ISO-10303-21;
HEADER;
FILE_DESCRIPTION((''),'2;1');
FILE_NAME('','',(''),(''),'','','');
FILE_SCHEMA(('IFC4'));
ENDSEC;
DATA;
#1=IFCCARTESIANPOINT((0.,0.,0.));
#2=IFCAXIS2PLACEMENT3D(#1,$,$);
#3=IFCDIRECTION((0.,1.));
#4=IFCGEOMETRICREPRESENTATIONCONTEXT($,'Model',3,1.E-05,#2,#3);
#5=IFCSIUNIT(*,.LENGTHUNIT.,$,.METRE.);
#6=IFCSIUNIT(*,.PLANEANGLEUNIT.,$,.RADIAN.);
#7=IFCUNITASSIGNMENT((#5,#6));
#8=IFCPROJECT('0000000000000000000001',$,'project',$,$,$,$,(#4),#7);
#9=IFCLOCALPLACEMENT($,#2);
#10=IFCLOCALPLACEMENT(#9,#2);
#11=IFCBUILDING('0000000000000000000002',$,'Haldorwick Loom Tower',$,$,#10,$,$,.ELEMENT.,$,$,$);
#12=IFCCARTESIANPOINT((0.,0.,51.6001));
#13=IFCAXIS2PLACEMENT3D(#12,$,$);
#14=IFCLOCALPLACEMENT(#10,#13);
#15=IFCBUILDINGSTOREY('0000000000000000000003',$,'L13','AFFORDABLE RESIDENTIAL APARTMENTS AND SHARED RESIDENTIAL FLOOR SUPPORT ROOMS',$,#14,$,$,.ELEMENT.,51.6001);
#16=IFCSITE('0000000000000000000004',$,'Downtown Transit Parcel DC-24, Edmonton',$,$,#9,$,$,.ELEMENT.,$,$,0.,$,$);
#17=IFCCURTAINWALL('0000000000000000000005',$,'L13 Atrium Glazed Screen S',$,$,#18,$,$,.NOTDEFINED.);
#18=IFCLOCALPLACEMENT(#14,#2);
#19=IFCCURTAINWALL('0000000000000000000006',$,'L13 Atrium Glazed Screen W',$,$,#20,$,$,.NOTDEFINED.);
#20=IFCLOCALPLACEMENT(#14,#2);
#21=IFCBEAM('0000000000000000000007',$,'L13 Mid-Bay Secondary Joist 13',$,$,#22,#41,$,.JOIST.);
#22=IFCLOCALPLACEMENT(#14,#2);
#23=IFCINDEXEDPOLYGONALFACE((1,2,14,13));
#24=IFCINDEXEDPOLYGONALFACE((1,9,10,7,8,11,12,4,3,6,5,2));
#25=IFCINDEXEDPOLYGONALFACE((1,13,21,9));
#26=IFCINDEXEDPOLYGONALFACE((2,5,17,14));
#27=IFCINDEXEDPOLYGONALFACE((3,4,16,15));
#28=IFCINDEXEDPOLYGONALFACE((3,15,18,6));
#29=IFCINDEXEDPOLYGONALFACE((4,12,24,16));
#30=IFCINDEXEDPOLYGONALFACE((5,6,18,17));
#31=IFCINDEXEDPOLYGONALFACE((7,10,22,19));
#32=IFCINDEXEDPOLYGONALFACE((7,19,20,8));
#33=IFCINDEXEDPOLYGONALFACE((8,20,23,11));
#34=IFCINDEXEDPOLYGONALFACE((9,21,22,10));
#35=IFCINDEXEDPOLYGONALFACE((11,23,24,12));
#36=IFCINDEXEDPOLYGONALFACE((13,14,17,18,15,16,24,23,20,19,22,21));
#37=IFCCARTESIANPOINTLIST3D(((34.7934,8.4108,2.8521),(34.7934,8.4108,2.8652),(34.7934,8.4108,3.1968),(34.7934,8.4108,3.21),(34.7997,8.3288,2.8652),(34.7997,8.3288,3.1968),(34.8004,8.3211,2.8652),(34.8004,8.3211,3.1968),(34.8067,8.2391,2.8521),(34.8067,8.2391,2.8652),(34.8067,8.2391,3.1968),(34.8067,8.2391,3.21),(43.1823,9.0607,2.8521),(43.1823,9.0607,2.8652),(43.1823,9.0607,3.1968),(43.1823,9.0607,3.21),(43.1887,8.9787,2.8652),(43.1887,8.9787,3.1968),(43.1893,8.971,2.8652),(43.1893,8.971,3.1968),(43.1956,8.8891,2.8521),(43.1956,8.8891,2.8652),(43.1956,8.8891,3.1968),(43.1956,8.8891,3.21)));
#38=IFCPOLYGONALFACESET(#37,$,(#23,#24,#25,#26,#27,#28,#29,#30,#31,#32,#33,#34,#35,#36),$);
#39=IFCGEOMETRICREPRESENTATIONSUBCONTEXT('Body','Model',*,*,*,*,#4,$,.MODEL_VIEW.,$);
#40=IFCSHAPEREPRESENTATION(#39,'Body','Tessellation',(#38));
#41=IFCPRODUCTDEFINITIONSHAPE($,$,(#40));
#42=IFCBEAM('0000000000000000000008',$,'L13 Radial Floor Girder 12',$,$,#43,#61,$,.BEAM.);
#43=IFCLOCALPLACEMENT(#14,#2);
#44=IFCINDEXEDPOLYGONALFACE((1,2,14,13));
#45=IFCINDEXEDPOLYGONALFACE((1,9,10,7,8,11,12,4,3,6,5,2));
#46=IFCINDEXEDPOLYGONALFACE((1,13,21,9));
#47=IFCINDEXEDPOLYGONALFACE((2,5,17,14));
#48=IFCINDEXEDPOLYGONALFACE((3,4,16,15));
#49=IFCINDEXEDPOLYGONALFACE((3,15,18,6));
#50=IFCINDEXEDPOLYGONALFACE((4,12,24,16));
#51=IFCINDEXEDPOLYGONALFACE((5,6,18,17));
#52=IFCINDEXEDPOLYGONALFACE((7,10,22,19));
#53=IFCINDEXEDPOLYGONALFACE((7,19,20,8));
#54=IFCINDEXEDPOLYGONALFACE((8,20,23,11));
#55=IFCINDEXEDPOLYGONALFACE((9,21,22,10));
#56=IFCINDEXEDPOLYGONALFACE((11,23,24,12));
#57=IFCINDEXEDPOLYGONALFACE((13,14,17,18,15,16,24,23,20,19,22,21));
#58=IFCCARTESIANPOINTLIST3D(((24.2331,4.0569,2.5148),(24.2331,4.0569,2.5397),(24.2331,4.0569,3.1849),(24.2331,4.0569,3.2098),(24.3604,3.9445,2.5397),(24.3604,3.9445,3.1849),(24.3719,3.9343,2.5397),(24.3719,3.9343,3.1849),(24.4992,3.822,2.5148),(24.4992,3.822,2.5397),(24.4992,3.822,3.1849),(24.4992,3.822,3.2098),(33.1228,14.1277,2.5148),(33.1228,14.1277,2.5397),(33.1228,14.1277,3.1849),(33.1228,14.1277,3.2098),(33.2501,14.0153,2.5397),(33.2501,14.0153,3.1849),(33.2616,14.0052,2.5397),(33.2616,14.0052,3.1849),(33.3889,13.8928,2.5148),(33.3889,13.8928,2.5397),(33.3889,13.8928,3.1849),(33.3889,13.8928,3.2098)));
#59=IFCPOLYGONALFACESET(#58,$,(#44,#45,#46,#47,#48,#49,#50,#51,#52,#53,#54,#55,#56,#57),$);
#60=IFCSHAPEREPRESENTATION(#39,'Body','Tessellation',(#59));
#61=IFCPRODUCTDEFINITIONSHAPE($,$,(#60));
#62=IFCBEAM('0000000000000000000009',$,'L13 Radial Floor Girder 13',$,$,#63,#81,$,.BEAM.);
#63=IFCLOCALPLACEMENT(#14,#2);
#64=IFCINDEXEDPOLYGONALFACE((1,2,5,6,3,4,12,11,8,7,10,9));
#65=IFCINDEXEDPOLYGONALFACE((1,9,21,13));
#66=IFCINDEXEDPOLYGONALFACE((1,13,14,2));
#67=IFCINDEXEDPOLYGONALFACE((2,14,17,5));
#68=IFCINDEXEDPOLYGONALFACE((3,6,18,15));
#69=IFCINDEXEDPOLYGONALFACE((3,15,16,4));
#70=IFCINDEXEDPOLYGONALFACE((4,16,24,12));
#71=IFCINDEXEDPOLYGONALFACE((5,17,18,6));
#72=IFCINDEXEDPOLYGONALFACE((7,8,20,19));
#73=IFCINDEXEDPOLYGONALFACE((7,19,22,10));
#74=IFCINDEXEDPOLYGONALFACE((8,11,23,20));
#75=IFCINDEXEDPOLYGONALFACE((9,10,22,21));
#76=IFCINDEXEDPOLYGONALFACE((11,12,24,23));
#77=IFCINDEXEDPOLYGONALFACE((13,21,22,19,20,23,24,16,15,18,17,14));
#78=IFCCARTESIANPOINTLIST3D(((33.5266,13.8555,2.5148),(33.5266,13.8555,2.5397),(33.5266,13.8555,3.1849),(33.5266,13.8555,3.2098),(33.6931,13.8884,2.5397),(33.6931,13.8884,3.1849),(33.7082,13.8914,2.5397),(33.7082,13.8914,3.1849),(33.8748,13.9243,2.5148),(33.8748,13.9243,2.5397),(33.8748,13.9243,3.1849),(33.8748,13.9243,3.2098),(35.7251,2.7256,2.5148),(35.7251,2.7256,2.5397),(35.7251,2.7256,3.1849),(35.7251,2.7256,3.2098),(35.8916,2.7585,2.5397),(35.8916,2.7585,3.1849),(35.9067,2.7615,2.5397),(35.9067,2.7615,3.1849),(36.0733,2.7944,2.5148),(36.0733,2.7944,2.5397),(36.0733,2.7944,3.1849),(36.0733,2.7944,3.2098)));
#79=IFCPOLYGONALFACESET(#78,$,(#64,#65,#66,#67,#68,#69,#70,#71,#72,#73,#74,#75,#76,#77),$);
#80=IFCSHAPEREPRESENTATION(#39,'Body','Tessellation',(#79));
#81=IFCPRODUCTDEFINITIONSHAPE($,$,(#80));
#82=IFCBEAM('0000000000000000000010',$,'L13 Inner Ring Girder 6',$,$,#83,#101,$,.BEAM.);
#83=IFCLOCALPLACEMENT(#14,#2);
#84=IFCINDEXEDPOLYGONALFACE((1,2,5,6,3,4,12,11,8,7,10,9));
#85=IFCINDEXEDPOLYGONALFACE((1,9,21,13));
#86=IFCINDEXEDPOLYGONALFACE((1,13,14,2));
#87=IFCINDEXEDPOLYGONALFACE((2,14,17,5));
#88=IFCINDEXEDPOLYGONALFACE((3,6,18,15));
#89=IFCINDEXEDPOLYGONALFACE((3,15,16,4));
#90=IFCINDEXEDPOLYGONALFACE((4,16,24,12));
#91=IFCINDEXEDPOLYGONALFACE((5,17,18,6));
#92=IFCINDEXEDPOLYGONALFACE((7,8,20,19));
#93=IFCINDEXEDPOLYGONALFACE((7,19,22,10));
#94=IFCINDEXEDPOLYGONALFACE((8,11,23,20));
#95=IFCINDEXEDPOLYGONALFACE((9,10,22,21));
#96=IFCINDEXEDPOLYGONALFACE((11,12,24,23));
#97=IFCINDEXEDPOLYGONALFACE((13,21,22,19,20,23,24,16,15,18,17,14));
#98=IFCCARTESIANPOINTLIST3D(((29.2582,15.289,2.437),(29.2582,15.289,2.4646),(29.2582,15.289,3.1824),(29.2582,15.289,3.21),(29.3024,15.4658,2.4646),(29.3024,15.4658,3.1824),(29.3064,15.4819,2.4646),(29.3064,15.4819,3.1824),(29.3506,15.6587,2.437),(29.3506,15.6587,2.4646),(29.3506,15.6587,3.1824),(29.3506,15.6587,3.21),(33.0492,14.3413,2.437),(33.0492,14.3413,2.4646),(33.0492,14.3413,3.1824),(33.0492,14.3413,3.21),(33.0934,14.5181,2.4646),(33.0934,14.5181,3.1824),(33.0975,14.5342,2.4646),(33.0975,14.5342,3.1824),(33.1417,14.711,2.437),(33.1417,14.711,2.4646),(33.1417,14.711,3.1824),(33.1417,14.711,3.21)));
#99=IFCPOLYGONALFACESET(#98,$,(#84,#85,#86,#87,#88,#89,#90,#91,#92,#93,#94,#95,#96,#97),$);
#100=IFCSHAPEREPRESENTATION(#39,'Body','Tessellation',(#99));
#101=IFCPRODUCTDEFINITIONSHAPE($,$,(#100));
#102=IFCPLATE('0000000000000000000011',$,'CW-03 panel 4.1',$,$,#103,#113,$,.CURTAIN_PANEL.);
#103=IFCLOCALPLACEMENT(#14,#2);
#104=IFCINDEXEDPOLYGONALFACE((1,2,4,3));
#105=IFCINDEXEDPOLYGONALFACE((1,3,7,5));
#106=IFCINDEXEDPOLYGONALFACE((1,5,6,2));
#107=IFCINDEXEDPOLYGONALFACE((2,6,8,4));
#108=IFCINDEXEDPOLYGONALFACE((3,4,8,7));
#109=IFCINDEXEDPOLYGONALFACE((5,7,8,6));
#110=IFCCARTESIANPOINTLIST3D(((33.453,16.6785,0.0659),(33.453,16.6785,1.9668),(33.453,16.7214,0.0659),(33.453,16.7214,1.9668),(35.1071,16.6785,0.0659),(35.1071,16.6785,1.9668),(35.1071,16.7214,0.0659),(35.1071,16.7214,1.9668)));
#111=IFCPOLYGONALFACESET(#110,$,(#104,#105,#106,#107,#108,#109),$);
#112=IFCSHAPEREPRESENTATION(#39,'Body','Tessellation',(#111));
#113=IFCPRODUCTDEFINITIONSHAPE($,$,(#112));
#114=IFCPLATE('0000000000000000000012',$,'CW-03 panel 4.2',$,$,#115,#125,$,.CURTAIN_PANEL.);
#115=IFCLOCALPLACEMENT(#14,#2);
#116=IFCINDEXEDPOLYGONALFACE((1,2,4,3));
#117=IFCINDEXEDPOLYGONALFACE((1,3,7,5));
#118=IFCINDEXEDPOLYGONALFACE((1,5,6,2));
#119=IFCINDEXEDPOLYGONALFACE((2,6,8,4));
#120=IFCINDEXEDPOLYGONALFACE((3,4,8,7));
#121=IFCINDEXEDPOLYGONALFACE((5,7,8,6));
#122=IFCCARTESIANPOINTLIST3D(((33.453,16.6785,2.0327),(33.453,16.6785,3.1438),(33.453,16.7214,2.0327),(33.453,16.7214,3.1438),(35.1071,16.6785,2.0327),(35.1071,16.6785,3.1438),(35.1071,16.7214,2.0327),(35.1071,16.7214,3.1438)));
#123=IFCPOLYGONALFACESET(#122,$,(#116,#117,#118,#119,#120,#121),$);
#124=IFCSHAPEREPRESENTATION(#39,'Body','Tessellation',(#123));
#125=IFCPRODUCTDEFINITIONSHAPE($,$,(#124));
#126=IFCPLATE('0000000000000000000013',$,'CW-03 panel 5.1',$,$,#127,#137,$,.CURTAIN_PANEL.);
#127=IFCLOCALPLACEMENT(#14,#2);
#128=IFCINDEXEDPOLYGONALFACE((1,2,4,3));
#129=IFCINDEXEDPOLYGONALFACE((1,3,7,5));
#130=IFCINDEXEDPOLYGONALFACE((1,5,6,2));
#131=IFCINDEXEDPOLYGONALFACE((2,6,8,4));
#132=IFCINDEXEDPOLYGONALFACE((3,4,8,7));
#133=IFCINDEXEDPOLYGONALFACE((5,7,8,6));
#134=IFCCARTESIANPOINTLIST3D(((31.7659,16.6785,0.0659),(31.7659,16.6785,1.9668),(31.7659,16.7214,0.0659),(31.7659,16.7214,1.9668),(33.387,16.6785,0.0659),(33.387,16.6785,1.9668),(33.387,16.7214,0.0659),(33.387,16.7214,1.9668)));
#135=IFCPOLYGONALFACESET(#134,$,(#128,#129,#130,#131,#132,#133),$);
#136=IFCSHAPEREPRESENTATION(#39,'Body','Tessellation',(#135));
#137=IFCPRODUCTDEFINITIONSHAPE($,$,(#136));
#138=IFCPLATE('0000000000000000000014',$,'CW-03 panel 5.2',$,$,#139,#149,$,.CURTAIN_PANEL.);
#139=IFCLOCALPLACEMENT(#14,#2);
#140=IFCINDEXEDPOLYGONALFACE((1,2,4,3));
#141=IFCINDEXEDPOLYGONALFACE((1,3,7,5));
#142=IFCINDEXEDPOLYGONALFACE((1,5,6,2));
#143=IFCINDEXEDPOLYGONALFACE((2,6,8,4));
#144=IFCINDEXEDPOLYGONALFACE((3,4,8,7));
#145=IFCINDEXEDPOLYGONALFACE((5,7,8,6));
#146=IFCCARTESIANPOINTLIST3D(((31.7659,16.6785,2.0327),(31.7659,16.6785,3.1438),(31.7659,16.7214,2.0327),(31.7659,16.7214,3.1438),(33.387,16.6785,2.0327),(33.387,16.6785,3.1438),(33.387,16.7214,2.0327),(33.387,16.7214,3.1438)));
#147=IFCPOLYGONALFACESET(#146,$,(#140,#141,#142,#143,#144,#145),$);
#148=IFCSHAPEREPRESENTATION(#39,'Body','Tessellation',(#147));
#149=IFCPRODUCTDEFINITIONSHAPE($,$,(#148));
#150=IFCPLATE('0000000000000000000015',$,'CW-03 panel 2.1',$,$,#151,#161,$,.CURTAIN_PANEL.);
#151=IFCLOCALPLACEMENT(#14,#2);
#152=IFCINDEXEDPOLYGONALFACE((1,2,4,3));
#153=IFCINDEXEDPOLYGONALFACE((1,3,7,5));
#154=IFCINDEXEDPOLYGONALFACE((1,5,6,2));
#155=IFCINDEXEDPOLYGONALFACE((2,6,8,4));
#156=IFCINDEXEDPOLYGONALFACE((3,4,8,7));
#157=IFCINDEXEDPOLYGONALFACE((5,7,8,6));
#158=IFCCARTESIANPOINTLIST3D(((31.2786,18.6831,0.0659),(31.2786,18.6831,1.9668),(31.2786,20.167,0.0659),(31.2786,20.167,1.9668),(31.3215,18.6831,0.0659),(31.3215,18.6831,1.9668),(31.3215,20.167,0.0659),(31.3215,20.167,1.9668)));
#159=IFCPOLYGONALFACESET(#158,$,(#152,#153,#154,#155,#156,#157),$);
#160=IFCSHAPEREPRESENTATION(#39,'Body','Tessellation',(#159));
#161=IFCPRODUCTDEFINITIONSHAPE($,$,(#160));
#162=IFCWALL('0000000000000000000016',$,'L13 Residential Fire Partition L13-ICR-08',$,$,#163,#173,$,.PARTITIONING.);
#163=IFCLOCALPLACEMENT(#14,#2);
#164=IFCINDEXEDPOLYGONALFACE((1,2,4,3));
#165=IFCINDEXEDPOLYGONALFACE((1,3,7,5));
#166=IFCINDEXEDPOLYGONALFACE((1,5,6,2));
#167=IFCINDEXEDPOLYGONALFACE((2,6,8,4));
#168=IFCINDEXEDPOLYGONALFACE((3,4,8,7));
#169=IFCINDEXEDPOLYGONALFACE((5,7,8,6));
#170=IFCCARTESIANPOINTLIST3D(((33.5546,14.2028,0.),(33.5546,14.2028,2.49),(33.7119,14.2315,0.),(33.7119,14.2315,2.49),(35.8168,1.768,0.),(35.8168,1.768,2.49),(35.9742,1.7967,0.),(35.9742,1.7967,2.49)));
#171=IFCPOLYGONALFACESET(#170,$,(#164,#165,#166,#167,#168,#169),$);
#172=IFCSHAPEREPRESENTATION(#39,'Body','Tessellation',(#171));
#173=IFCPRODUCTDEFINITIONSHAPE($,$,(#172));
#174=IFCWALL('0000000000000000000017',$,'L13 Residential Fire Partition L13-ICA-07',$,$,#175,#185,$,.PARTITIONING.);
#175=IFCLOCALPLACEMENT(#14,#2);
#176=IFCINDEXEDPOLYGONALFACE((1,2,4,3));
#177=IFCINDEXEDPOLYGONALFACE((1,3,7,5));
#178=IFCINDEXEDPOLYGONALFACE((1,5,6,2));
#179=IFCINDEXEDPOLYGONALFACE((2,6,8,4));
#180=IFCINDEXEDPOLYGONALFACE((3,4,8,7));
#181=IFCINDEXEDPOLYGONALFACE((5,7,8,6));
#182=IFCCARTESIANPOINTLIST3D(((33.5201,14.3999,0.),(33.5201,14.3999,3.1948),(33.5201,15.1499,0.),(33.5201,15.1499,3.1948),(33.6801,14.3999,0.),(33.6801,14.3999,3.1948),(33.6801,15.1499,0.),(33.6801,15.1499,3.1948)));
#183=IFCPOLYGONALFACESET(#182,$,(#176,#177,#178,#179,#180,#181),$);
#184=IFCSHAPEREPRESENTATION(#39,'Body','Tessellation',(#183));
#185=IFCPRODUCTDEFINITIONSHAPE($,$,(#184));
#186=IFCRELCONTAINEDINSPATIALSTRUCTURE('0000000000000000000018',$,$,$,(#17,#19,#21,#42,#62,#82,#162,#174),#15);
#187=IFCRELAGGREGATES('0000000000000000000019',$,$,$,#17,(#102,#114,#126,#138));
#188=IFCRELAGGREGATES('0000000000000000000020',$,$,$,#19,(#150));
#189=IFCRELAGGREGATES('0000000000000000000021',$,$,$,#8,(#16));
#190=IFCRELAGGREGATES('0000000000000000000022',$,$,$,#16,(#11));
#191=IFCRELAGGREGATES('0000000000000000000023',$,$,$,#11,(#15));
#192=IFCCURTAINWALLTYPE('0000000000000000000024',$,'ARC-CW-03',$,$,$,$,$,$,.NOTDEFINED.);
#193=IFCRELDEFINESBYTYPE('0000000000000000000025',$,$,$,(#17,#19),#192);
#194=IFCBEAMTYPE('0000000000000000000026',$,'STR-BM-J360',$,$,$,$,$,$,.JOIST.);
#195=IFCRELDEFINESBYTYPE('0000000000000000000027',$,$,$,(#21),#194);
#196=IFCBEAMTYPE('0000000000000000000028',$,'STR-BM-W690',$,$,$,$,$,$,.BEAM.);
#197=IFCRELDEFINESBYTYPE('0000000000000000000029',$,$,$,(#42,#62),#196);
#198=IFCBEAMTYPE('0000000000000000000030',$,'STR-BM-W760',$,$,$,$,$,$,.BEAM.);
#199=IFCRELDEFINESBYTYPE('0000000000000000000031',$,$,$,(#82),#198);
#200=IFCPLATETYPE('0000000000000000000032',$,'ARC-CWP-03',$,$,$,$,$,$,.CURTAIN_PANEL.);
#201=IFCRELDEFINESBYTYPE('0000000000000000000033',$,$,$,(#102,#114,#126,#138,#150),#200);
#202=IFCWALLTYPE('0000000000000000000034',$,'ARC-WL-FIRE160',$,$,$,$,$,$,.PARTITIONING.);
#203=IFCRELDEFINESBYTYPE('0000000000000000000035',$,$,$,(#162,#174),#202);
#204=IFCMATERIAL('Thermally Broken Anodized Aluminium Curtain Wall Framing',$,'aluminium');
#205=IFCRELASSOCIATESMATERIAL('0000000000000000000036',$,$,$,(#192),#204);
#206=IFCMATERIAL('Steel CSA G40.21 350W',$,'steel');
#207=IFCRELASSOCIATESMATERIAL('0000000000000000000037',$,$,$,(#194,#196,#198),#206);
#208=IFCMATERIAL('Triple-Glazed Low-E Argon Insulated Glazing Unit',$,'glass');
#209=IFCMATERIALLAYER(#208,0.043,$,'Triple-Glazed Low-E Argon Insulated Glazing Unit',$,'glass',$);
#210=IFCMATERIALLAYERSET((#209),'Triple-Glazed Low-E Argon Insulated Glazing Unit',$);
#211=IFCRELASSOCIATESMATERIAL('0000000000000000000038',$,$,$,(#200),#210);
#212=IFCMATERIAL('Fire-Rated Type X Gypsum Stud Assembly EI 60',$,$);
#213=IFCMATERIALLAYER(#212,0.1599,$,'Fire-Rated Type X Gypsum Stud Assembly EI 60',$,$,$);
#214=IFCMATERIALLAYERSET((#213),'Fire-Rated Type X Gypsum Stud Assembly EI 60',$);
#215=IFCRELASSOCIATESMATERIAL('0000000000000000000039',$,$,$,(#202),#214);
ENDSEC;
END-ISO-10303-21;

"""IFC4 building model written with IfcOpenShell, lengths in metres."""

from ifc_helpers import new_model, si_unit, direction, frame, frame_2d, origin, origin_2d, place, context, subcontext, project, spatial, rectangle, i_section, extrude, material, layer, layer_set, material_profile, profile_set, type_object, element, aggregate, save


model = new_model("IFC4")

# Units and contexts
model_context = context("Model", 3, precision=1e-05, world=origin(), true_north=direction((0.0, 1.0)))
body_context = subcontext(model_context, "Body", "Model", "MODEL_VIEW")
ifc_project = project(units=[si_unit("LENGTHUNIT", "METRE"), si_unit("PLANEANGLEUNIT", "RADIAN")], contexts=[model_context])

# Site, building, storey
site_placement = place(None, origin())
site = spatial("IfcSite", under=ifc_project, at=site_placement, Name="Downtown Transit Parcel DC-24, Edmonton", CompositionType="ELEMENT", RefElevation=0.0)
building_placement = place(site_placement, origin())
building = spatial("IfcBuilding", under=site, at=building_placement, Name="Haldorwick Loom Tower", CompositionType="ELEMENT")
storey_placement = place(building_placement, frame((0.0, 0.0, 51.6001)))
storey = spatial("IfcBuildingStorey", under=building, at=storey_placement, Name="L13", Description="AFFORDABLE RESIDENTIAL APARTMENTS AND SHARED RESIDENTIAL FLOOR SUPPORT ROOMS", CompositionType="ELEMENT", Elevation=51.6001)

# Curtain wall
ifc_material_1 = material(Name="Thermally Broken Anodized Aluminium Curtain Wall Framing", Category="aluminium")
curtain_wall_type = type_object("IfcCurtainWallType", Name="ARC-CW-03", PredefinedType="NOTDEFINED", material=ifc_material_1)
curtain_wall_1_placement = place(storey_placement, origin())
curtain_wall_1 = element("IfcCurtainWall", 1, at=curtain_wall_1_placement, inside=storey, type_object=curtain_wall_type, Name="L13 Atrium Glazed Screen S", PredefinedType="NOTDEFINED")

# Curtain wall
curtain_wall_2_placement = place(storey_placement, origin())
curtain_wall_2 = element("IfcCurtainWall", 2, at=curtain_wall_2_placement, inside=storey, type_object=curtain_wall_type, Name="L13 Atrium Glazed Screen W", PredefinedType="NOTDEFINED")

# Beams
ifc_material_2 = material(Name="Steel CSA G40.21 350W", Category="steel")
ifc_material_profile_1 = material_profile(ifc_material_2, i_section(OverallWidth=0.1721, OverallDepth=0.3579, WebThickness=0.0078, FlangeThickness=0.0132, at=origin_2d()), Name="W360X57", Category="steel")
ifc_profile_set_1 = profile_set([ifc_material_profile_1], Name="Steel CSA G40.21 350W")
beam_type_1 = type_object("IfcBeamType", Name="STR-BM-J360", PredefinedType="JOIST", material=ifc_profile_set_1)
beam_1_placement = place(storey_placement, frame((34.8, 8.325, 3.031), z_axis=(0.997013, 0.07724, 0.0), x_axis=(-0.07724, 0.997013, 0.0)))
element("IfcBeam", 3, at=beam_1_placement, inside=storey, type_object=beam_type_1, Name="L13 Mid-Bay Secondary Joist 13", PredefinedType="JOIST", context=body_context, shape_type="SweptSolid", body=[
    extrude(i_section(OverallWidth=0.1721, OverallDepth=0.3579, WebThickness=0.0078, FlangeThickness=0.0132, at=origin_2d()), origin(), (0.0, 0.0, 1.0), 8.4141),
])
ifc_material_profile_2 = material_profile(ifc_material_2, i_section(OverallWidth=0.355, OverallDepth=0.6951, WebThickness=0.0154, FlangeThickness=0.0249, at=origin_2d()), Name="W690X217", Category="steel")
ifc_profile_set_2 = profile_set([ifc_material_profile_2], Name="Steel CSA G40.21 350W")
beam_type_2 = type_object("IfcBeamType", Name="STR-BM-W690", PredefinedType="BEAM", material=ifc_profile_set_2)
beam_2_placement = place(storey_placement, frame((33.2559, 14.0103, 2.8623), z_axis=(-0.661774, -0.749703, 0.0), x_axis=(0.749703, -0.661774, 0.0)))
element("IfcBeam", 4, at=beam_2_placement, inside=storey, type_object=beam_type_2, Name="L13 Radial Floor Girder 12", PredefinedType="BEAM", context=body_context, shape_type="SweptSolid", body=[
    extrude(i_section(OverallWidth=0.355, OverallDepth=0.6951, WebThickness=0.0154, FlangeThickness=0.0249, at=origin_2d()), origin(), (0.0, 0.0, 1.0), 13.4331),
])
beam_3_placement = place(storey_placement, frame((33.7007, 13.8899, 2.8623), z_axis=(0.193786, -0.981044, 0.0), x_axis=(0.981044, 0.193786, 0.0)))
element("IfcBeam", 5, at=beam_3_placement, inside=storey, type_object=beam_type_2, Name="L13 Radial Floor Girder 13", PredefinedType="BEAM", context=body_context, shape_type="SweptSolid", body=[
    extrude(i_section(OverallWidth=0.355, OverallDepth=0.6951, WebThickness=0.0154, FlangeThickness=0.0249, at=origin_2d()), origin(), (0.0, 0.0, 1.0), 11.345),
])
ifc_material_profile_3 = material_profile(ifc_material_2, i_section(OverallWidth=0.3811, OverallDepth=0.7729, WebThickness=0.0166, FlangeThickness=0.0276, at=origin_2d()), Name="W760X257", Category="steel")
ifc_profile_set_3 = profile_set([ifc_material_profile_3], Name="Steel CSA G40.21 350W")
beam_type_3 = type_object("IfcBeamType", Name="STR-BM-W760", PredefinedType="BEAM", material=ifc_profile_set_3)
beam_4_placement = place(storey_placement, frame((33.0955, 14.5261, 2.8235), z_axis=(-0.970143, 0.242536, 0.0), x_axis=(-0.242536, -0.970143, 0.0)))
element("IfcBeam", 6, at=beam_4_placement, inside=storey, type_object=beam_type_3, Name="L13 Inner Ring Girder 6", PredefinedType="BEAM", context=body_context, shape_type="SweptSolid", body=[
    extrude(i_section(OverallWidth=0.3811, OverallDepth=0.7729, WebThickness=0.0166, FlangeThickness=0.0276, at=origin_2d()), origin(), (0.0, 0.0, 1.0), 3.9077),
])

# Plates
ifc_material_3 = material(Name="Triple-Glazed Low-E Argon Insulated Glazing Unit", Category="glass")
ifc_layer_1 = layer(ifc_material_3, 0.043, Name="Triple-Glazed Low-E Argon Insulated Glazing Unit", Category="glass")
ifc_layer_set_1 = layer_set([ifc_layer_1], Name="Triple-Glazed Low-E Argon Insulated Glazing Unit")
plate_type = type_object("IfcPlateType", Name="ARC-CWP-03", PredefinedType="CURTAIN_PANEL", material=ifc_layer_set_1)
plate_1_placement = place(storey_placement, frame((34.28, 16.7, 0.0659), z_axis=(0.0, 0.0, 1.0), x_axis=(-1.0, 0.0, 0.0)))
plate_1 = element("IfcPlate", 7, at=plate_1_placement, type_object=plate_type, Name="CW-03 panel 4.1", PredefinedType="CURTAIN_PANEL", context=body_context, shape_type="SweptSolid", body=[
    extrude(rectangle(XDim=1.6541, YDim=0.043, at=origin_2d()), origin(), (0.0, 0.0, 1.0), 1.9009),
])
plate_2_placement = place(storey_placement, frame((34.28, 16.7, 2.0327), z_axis=(0.0, 0.0, 1.0), x_axis=(-1.0, 0.0, 0.0)))
plate_2 = element("IfcPlate", 8, at=plate_2_placement, type_object=plate_type, Name="CW-03 panel 4.2", PredefinedType="CURTAIN_PANEL", context=body_context, shape_type="SweptSolid", body=[
    extrude(rectangle(XDim=1.6541, YDim=0.043, at=origin_2d()), origin(), (0.0, 0.0, 1.0), 1.1111),
])
plate_3_placement = place(storey_placement, frame((32.5764, 16.7, 0.0659), z_axis=(0.0, 0.0, 1.0), x_axis=(-1.0, 0.0, 0.0)))
plate_3 = element("IfcPlate", 9, at=plate_3_placement, type_object=plate_type, Name="CW-03 panel 5.1", PredefinedType="CURTAIN_PANEL", context=body_context, shape_type="SweptSolid", body=[
    extrude(rectangle(XDim=1.6211, YDim=0.043, at=origin_2d()), origin(), (0.0, 0.0, 1.0), 1.9009),
])
plate_4_placement = place(storey_placement, frame((32.5764, 16.7, 2.0327), z_axis=(0.0, 0.0, 1.0), x_axis=(-1.0, 0.0, 0.0)))
plate_4 = element("IfcPlate", 10, at=plate_4_placement, type_object=plate_type, Name="CW-03 panel 5.2", PredefinedType="CURTAIN_PANEL", context=body_context, shape_type="SweptSolid", body=[
    extrude(rectangle(XDim=1.6211, YDim=0.043, at=origin_2d()), origin(), (0.0, 0.0, 1.0), 1.1111),
])
aggregate(curtain_wall_1, [plate_1, plate_2, plate_3, plate_4])
plate_5_placement = place(storey_placement, frame((31.3, 19.425, 0.0659), z_axis=(0.0, 0.0, 1.0), x_axis=(0.0, 1.0, 0.0)))
plate_5 = element("IfcPlate", 11, at=plate_5_placement, type_object=plate_type, Name="CW-03 panel 2.1", PredefinedType="CURTAIN_PANEL", context=body_context, shape_type="SweptSolid", body=[
    extrude(rectangle(XDim=1.4839, YDim=0.043, at=origin_2d()), origin(), (0.0, 0.0, 1.0), 1.9009),
])
aggregate(curtain_wall_2, [plate_5])

# Walls
ifc_material_4 = material(Name="Fire-Rated Type X Gypsum Stud Assembly EI 60")
ifc_layer_2 = layer(ifc_material_4, 0.1599, Name="Fire-Rated Type X Gypsum Stud Assembly EI 60")
ifc_layer_set_2 = layer_set([ifc_layer_2], Name="Fire-Rated Type X Gypsum Stud Assembly EI 60")
wall_type_1 = type_object("IfcWallType", Name="ARC-WL-FIRE160", PredefinedType="PARTITIONING", material=ifc_layer_set_2)
wall_1_placement = place(storey_placement, frame((33.6333, 14.217, 0.0), z_axis=(0.0, 0.0, 1.0), x_axis=(0.178987, -0.983851, 0.0)))
element("IfcWall", 12, at=wall_1_placement, inside=storey, type_object=wall_type_1, Name="L13 Residential Fire Partition L13-ICR-08", PredefinedType="PARTITIONING", context=body_context, shape_type="SweptSolid", body=[
    extrude(rectangle(XDim=12.6389, YDim=0.1599, at=frame_2d((6.3193, 0.0))), origin(), (0.0, 0.0, 1.0), 2.49),
])
wall_2_placement = place(storey_placement, frame((33.6001, 15.1499, 0.0), z_axis=(0.0, 0.0, 1.0), x_axis=(0.0, -1.0, 0.0)))
element("IfcWall", 13, at=wall_2_placement, inside=storey, type_object=wall_type_1, Name="L13 Residential Fire Partition L13-ICA-07", PredefinedType="PARTITIONING", context=body_context, shape_type="SweptSolid", body=[
    extrude(rectangle(XDim=0.75, YDim=0.1599, at=frame_2d((0.375, 0.0))), origin(), (0.0, 0.0, 1.0), 3.1948),
])

save(model, "model.ifc")
